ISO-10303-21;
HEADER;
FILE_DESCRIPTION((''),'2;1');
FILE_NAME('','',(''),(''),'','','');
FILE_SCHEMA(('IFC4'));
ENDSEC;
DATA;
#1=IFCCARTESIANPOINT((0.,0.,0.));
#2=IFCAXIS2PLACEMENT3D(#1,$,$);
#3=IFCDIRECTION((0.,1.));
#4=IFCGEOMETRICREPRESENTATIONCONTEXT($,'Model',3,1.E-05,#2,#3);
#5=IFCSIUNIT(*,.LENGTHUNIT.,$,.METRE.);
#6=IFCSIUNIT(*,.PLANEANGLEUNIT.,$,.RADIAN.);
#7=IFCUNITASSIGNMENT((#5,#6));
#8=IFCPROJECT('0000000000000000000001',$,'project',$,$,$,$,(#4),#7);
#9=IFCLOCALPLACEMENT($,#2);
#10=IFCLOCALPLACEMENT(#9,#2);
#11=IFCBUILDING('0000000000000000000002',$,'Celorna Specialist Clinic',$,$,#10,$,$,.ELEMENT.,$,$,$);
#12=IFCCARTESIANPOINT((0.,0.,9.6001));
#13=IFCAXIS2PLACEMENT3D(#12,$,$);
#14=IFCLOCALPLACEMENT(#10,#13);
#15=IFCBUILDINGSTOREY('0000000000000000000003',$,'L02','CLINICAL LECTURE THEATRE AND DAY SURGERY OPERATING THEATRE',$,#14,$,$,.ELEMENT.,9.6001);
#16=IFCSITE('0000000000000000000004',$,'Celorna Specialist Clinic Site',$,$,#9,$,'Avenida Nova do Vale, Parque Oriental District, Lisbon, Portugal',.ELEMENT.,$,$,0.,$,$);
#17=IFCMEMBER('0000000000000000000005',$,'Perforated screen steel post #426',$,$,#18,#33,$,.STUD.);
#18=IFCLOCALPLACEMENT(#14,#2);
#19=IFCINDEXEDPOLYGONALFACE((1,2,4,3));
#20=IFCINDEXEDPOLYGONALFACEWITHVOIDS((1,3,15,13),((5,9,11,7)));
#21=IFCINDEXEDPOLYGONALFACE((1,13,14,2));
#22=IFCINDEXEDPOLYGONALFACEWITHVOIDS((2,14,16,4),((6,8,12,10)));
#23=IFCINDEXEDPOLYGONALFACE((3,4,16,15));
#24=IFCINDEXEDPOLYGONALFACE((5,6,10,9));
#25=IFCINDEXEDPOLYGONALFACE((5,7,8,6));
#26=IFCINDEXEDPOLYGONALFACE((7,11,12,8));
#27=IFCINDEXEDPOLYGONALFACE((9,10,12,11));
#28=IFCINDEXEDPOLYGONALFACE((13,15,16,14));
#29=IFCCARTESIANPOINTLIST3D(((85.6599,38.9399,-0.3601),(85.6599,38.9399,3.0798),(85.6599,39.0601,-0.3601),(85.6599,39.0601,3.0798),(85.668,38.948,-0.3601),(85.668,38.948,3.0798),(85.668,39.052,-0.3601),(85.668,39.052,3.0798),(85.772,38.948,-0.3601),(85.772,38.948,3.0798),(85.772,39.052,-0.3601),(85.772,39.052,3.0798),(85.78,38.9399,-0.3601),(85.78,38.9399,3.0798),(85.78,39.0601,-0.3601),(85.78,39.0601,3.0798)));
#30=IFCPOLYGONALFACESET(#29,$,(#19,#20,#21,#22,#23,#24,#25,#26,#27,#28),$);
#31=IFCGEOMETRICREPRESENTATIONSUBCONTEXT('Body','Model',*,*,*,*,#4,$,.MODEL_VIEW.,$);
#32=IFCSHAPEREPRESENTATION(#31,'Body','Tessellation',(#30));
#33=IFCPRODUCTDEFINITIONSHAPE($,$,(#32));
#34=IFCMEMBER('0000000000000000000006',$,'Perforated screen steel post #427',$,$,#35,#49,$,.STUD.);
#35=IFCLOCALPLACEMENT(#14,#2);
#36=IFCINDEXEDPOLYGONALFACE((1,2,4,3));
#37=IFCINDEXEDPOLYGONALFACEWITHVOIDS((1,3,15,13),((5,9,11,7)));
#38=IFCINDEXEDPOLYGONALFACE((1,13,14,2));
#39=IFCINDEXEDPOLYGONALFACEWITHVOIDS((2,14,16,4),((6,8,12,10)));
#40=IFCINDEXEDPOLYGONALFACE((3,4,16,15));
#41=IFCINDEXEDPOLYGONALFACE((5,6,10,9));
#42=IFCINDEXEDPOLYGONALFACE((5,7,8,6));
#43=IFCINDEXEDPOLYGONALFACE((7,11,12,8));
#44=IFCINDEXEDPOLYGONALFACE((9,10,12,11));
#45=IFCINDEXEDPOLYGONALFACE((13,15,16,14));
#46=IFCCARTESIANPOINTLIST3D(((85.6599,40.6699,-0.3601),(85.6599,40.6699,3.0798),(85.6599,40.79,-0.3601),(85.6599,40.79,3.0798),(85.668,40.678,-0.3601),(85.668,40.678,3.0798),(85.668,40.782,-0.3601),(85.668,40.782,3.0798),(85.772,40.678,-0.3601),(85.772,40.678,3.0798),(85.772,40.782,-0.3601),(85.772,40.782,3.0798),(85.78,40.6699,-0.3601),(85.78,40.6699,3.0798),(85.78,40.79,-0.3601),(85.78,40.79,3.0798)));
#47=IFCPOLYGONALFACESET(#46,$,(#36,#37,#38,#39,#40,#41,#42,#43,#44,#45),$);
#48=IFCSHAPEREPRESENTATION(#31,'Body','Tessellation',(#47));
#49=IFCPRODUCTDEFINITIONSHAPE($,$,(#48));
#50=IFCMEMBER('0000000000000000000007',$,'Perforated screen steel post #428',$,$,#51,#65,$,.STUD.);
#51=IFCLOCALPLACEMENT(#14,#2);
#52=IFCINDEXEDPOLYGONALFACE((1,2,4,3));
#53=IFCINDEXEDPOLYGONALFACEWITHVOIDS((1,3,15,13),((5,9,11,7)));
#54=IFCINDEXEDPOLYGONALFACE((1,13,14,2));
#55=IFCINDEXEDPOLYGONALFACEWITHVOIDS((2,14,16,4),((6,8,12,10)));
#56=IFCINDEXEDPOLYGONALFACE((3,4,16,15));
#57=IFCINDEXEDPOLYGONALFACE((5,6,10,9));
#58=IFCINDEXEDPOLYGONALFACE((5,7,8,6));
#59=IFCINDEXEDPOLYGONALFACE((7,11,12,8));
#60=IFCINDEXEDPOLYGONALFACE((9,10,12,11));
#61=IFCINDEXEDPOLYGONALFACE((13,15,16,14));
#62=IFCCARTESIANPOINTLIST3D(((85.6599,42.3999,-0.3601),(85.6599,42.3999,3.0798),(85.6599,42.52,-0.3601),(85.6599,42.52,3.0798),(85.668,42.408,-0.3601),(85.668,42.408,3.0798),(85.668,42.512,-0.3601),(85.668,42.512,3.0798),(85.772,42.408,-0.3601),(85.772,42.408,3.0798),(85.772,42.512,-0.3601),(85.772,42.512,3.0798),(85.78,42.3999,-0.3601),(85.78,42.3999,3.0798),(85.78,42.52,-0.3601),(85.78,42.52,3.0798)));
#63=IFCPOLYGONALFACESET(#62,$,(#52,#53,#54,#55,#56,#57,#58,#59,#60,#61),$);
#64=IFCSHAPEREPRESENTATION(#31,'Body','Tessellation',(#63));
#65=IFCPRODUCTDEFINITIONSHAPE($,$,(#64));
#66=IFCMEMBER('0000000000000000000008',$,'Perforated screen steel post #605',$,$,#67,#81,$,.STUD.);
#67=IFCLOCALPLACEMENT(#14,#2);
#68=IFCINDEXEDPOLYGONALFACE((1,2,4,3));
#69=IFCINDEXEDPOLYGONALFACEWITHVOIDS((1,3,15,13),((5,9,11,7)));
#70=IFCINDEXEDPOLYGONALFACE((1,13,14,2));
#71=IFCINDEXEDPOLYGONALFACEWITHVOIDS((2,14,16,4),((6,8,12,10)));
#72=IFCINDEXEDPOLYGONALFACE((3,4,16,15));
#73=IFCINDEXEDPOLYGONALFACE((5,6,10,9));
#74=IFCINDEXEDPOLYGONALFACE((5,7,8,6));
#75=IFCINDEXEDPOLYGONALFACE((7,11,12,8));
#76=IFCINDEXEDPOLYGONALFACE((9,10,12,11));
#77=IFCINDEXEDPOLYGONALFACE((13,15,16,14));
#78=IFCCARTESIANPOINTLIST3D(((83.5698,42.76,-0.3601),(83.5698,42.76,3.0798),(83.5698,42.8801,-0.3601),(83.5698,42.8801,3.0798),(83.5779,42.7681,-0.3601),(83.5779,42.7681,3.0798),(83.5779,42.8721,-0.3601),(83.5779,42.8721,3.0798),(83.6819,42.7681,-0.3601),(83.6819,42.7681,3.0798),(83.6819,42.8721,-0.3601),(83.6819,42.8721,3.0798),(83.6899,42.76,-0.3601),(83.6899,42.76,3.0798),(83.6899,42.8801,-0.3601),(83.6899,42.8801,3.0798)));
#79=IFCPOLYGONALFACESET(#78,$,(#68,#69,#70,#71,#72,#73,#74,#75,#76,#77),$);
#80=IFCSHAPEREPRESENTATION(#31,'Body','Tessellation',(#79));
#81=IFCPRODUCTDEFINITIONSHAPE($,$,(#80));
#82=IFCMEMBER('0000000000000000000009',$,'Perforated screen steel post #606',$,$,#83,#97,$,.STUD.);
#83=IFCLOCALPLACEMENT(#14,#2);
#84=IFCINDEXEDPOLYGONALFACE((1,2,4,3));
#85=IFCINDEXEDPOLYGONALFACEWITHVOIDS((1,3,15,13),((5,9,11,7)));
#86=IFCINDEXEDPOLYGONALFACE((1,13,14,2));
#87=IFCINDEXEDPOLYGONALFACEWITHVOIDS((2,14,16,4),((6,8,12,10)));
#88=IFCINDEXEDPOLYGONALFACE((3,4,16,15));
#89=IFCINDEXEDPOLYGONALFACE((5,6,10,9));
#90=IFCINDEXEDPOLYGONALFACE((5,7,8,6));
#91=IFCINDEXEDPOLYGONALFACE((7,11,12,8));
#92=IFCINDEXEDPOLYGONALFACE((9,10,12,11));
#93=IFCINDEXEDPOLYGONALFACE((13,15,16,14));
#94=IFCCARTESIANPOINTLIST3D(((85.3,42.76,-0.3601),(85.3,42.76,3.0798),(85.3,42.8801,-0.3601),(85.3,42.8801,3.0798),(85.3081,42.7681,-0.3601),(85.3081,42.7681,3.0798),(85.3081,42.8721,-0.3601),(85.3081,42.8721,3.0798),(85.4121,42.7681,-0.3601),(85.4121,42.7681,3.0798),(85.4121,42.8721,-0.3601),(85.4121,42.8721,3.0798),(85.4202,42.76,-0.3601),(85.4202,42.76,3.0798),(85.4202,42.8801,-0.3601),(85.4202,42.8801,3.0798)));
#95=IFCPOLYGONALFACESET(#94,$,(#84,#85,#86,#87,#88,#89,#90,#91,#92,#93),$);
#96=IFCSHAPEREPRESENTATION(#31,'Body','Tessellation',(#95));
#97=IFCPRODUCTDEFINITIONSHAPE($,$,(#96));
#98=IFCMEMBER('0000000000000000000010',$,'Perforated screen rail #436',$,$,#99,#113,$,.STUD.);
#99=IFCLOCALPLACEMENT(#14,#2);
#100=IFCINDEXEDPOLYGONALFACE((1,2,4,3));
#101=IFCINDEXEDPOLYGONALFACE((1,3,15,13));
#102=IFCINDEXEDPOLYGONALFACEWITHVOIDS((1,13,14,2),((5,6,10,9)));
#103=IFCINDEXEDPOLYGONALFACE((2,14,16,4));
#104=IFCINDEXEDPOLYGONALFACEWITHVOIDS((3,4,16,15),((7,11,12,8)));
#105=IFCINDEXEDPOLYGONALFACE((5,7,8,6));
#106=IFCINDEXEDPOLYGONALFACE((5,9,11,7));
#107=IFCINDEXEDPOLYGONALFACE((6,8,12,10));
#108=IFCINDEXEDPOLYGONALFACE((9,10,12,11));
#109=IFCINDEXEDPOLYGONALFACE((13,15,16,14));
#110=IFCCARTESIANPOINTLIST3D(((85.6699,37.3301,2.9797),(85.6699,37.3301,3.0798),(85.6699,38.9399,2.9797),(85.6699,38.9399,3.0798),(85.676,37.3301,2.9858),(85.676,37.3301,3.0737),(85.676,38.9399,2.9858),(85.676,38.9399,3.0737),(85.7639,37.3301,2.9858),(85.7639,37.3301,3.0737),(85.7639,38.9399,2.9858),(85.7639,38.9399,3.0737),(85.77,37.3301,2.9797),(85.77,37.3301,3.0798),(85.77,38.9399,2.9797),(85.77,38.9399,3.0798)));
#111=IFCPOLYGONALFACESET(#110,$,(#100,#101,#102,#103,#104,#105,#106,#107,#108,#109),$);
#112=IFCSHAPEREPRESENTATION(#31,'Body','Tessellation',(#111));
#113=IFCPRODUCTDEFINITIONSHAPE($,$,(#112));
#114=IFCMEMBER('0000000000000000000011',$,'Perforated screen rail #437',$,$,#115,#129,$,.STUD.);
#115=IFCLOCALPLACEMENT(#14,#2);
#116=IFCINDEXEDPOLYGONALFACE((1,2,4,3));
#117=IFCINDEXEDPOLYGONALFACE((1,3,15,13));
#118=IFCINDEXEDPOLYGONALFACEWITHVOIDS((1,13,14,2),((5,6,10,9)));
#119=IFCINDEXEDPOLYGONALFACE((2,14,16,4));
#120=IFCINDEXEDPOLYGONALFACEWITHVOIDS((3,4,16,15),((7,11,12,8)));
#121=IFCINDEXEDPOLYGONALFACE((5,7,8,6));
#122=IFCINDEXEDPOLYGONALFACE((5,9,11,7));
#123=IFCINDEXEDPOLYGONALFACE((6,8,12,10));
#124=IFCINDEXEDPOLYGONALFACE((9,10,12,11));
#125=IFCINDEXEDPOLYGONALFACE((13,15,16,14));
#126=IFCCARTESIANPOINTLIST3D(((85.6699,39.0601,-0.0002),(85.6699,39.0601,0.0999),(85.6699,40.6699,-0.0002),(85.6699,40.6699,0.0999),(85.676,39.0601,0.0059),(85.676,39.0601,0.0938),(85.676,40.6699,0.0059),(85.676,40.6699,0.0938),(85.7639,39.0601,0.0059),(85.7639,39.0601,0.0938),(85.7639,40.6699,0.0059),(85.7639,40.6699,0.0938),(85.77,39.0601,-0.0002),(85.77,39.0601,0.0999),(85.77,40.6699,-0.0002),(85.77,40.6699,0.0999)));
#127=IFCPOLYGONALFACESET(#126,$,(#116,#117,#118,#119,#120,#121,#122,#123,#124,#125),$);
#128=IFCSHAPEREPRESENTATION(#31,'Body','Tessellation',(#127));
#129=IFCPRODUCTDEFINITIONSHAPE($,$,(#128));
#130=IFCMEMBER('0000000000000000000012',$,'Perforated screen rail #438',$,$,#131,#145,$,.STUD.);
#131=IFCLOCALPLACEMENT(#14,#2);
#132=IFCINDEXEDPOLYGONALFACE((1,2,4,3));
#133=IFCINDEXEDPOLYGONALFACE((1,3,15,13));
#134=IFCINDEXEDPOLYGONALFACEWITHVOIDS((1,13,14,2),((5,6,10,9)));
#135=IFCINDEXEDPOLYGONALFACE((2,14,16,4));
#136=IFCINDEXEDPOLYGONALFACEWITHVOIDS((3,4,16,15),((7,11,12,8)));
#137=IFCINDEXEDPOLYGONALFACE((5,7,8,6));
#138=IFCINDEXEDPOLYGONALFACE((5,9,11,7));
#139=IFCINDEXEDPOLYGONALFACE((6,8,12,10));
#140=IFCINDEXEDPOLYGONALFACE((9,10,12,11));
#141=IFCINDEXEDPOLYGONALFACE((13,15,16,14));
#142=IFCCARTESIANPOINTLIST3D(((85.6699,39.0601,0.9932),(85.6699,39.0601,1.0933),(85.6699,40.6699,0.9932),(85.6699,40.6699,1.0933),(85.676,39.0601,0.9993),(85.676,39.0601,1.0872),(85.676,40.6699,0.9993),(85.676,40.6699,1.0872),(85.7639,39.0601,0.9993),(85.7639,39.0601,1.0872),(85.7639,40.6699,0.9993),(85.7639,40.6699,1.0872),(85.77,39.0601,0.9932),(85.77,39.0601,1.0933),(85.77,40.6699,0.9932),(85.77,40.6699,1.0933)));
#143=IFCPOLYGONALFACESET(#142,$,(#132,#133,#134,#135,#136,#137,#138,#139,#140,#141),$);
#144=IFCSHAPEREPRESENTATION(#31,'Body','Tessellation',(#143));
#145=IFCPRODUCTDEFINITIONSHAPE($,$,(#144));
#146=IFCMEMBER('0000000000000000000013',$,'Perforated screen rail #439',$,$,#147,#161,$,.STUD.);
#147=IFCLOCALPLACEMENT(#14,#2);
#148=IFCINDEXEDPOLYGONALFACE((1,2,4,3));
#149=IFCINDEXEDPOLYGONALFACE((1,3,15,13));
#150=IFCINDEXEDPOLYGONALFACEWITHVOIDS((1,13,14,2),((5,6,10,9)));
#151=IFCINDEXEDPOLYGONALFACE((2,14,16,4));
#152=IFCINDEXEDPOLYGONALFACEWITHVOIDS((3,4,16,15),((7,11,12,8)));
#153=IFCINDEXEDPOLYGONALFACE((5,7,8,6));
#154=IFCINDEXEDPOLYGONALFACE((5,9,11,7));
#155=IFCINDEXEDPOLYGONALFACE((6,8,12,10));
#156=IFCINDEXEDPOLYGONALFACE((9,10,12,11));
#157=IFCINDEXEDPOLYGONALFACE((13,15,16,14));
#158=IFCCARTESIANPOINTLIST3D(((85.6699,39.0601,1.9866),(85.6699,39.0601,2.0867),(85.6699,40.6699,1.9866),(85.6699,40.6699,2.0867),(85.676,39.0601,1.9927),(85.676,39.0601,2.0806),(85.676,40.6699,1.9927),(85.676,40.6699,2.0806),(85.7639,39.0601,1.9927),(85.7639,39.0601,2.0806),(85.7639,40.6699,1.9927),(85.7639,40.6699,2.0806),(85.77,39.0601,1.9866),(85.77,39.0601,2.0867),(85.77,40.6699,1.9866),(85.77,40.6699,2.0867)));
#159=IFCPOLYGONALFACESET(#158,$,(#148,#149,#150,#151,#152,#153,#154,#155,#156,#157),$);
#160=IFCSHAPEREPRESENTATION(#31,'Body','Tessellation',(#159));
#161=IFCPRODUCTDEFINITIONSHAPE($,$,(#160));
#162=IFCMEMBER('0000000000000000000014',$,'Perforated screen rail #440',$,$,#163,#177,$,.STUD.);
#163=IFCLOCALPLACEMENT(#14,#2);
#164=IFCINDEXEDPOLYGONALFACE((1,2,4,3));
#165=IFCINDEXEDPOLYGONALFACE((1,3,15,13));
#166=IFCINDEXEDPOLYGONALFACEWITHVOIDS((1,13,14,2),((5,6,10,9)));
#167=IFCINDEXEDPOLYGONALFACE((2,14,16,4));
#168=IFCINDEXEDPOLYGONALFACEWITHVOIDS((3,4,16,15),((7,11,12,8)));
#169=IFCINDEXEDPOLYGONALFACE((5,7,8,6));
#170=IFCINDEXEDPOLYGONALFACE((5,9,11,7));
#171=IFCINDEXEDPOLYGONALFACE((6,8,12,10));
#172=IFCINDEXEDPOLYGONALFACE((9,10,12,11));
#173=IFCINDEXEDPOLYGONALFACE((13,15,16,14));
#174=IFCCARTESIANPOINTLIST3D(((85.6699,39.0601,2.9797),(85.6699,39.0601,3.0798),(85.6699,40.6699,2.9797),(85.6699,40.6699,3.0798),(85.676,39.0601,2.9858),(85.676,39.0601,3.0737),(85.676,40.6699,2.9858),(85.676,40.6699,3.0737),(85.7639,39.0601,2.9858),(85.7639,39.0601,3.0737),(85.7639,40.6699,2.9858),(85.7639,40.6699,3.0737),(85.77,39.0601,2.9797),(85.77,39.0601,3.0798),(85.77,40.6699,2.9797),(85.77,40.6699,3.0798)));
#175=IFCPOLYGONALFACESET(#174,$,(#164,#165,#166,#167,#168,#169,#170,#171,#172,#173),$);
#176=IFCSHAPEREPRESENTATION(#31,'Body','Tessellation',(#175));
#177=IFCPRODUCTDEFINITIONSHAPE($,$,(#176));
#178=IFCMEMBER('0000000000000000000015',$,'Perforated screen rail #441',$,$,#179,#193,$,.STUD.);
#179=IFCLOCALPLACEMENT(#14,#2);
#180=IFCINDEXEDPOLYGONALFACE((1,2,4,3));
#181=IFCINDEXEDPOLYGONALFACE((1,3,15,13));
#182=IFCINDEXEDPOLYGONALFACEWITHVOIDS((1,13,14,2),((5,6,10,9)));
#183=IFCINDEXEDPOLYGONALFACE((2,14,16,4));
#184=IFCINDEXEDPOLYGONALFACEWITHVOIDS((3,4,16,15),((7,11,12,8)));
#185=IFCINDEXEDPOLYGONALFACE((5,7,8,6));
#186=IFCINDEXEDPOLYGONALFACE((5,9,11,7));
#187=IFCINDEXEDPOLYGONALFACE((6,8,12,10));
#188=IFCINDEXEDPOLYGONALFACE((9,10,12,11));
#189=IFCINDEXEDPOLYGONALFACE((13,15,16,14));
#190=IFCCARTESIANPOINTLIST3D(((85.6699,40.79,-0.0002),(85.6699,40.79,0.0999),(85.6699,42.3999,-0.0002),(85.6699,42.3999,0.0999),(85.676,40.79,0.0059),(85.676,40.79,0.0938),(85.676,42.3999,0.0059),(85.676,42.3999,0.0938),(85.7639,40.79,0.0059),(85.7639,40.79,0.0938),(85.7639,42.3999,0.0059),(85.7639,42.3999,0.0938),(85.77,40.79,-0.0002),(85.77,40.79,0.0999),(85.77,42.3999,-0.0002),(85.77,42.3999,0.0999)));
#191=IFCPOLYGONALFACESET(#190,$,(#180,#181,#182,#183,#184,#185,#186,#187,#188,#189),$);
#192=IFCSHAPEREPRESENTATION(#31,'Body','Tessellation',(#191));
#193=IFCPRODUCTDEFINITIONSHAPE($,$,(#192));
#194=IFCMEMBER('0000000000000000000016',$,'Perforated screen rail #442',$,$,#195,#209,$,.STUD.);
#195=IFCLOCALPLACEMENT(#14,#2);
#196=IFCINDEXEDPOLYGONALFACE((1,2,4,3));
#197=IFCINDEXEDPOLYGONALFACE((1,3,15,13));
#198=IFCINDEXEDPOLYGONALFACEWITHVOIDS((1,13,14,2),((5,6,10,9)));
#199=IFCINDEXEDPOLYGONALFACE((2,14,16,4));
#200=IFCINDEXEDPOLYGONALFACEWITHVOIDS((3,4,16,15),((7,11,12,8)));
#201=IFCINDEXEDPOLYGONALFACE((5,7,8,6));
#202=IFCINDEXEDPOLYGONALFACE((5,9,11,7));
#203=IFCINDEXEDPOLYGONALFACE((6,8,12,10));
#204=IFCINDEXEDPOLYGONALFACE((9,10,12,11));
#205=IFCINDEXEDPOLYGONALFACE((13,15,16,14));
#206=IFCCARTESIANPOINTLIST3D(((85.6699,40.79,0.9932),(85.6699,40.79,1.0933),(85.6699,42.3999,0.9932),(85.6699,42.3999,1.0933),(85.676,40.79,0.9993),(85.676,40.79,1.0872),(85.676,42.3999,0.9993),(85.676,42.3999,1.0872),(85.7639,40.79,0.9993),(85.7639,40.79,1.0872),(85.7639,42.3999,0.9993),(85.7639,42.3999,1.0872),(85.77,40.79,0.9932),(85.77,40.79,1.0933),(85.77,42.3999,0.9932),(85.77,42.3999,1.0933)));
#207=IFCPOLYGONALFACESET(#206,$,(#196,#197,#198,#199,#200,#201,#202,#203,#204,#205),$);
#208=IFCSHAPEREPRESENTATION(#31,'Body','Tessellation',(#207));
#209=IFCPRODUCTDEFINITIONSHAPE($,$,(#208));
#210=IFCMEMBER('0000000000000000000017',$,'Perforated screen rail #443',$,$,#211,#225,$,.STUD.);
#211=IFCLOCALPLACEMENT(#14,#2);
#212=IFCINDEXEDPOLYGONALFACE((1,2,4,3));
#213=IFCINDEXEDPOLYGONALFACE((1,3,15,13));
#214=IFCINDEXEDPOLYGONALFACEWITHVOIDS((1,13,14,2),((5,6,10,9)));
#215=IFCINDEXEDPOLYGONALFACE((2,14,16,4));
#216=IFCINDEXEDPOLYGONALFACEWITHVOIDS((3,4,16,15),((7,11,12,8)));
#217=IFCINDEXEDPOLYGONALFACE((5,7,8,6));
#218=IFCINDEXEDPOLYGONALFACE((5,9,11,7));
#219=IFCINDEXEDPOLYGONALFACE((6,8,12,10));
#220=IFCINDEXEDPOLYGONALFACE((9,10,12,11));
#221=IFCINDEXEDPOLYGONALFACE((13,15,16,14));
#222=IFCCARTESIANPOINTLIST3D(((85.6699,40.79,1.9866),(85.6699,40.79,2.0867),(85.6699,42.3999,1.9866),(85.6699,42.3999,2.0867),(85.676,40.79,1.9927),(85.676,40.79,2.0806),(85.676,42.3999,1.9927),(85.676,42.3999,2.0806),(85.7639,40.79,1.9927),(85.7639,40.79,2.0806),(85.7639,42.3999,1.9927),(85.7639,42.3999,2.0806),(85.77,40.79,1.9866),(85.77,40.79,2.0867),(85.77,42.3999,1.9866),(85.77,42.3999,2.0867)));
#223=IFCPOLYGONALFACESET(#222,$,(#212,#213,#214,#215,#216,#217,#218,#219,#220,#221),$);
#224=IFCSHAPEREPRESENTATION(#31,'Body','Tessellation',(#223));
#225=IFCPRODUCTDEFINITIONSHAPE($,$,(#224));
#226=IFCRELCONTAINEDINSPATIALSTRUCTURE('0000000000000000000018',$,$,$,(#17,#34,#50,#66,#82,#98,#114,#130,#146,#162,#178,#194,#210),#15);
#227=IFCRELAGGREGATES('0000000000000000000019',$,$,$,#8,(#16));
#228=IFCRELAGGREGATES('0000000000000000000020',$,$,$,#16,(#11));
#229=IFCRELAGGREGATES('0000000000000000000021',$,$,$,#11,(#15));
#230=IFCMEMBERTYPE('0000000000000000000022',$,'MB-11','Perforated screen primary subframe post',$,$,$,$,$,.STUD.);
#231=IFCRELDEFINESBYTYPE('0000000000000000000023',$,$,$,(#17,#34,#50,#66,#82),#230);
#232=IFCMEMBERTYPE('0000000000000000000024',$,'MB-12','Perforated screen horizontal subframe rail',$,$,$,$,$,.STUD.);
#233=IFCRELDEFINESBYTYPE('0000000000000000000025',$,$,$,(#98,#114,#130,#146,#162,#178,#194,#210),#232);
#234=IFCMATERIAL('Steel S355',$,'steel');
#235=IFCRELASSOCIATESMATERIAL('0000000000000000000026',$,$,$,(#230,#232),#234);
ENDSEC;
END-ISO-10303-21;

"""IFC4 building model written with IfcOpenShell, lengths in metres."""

from ifc_helpers import new_model, si_unit, direction, frame, origin, origin_2d, place, context, subcontext, project, spatial, hollow_rectangle, extrude, material, material_profile, profile_set, type_object, element, save


model = new_model("IFC4")

# Units and contexts
model_context = context("Model", 3, precision=1e-05, world=origin(), true_north=direction((0.0, 1.0)))
body_context = subcontext(model_context, "Body", "Model", "MODEL_VIEW")
ifc_project = project(units=[si_unit("LENGTHUNIT", "METRE"), si_unit("PLANEANGLEUNIT", "RADIAN")], contexts=[model_context])

# Site, building, storey
site_placement = place(None, origin())
site = spatial("IfcSite", under=ifc_project, at=site_placement, Name="Celorna Specialist Clinic Site", LongName="Avenida Nova do Vale, Parque Oriental District, Lisbon, Portugal", CompositionType="ELEMENT", RefElevation=0.0)
building_placement = place(site_placement, origin())
building = spatial("IfcBuilding", under=site, at=building_placement, Name="Celorna Specialist Clinic", CompositionType="ELEMENT")
storey_placement = place(building_placement, frame((0.0, 0.0, 9.6001)))
storey = spatial("IfcBuildingStorey", under=building, at=storey_placement, Name="L02", Description="CLINICAL LECTURE THEATRE AND DAY SURGERY OPERATING THEATRE", CompositionType="ELEMENT", Elevation=9.6001)

# Members
ifc_material_1 = material(Name="Steel S355", Category="steel")
ifc_material_profile_1 = material_profile(ifc_material_1, hollow_rectangle(XDim=0.1201, YDim=0.1201, WallThickness=0.0081, at=origin_2d()), Name="SHS 120x120x8")
ifc_profile_set_1 = profile_set([ifc_material_profile_1], Name="Steel S355")
member_type_1 = type_object("IfcMemberType", Name="MB-11", Description="Perforated screen primary subframe post", PredefinedType="STUD", material=ifc_profile_set_1)
for number, where, z_axis, x_axis, name in (
    (1, (85.72, 39.0, -0.3601), (0.0, 0.0, 1.0), (1.0, 0.0, 0.0), "Perforated screen steel post #426"),
    (2, (85.72, 40.73, -0.3601), (0.0, 0.0, 1.0), (1.0, 0.0, 0.0), "Perforated screen steel post #427"),
    (3, (85.72, 42.46, -0.3601), (0.0, 0.0, 1.0), (1.0, 0.0, 0.0), "Perforated screen steel post #428"),
    (4, (83.6299, 42.8201, -0.3601), (0.0, 0.0, 1.0), (1.0, 0.0, 0.0), "Perforated screen steel post #605"),
    (5, (85.3601, 42.8201, -0.3601), (0.0, 0.0, 1.0), (1.0, 0.0, 0.0), "Perforated screen steel post #606"),
):
    element("IfcMember", number, at=place(storey_placement, frame(where, z_axis=z_axis, x_axis=x_axis)), inside=storey, type_object=member_type_1, Name=name, PredefinedType="STUD", context=body_context, shape_type="SweptSolid", body=[
        extrude(hollow_rectangle(XDim=0.1201, YDim=0.1201, WallThickness=0.0081, at=origin_2d()), origin(), (0.0, 0.0, 1.0), 3.4399),
    ])
ifc_material_profile_2 = material_profile(ifc_material_1, hollow_rectangle(XDim=0.1001, YDim=0.1001, WallThickness=0.0061, at=origin_2d()), Name="SHS 100x100x6")
ifc_profile_set_2 = profile_set([ifc_material_profile_2], Name="Steel S355")
member_type_2 = type_object("IfcMemberType", Name="MB-12", Description="Perforated screen horizontal subframe rail", PredefinedType="STUD", material=ifc_profile_set_2)
for number, where, z_axis, x_axis, name in (
    (6, (85.72, 37.3301, 3.0298), (0.0, 1.0, 0.0), (-1.0, 0.0, 0.0), "Perforated screen rail #436"),
    (7, (85.72, 39.0601, 0.0498), (0.0, 1.0, 0.0), (-1.0, 0.0, 0.0), "Perforated screen rail #437"),
    (8, (85.72, 39.0601, 1.0432), (0.0, 1.0, 0.0), (-1.0, 0.0, 0.0), "Perforated screen rail #438"),
    (9, (85.72, 39.0601, 2.0366), (0.0, 1.0, 0.0), (-1.0, 0.0, 0.0), "Perforated screen rail #439"),
    (10, (85.72, 39.0601, 3.0298), (0.0, 1.0, 0.0), (-1.0, 0.0, 0.0), "Perforated screen rail #440"),
    (11, (85.72, 40.79, 0.0498), (0.0, 1.0, 0.0), (-1.0, 0.0, 0.0), "Perforated screen rail #441"),
    (12, (85.72, 40.79, 1.0432), (0.0, 1.0, 0.0), (-1.0, 0.0, 0.0), "Perforated screen rail #442"),
    (13, (85.72, 40.79, 2.0366), (0.0, 1.0, 0.0), (-1.0, 0.0, 0.0), "Perforated screen rail #443"),
):
    element("IfcMember", number, at=place(storey_placement, frame(where, z_axis=z_axis, x_axis=x_axis)), inside=storey, type_object=member_type_2, Name=name, PredefinedType="STUD", context=body_context, shape_type="SweptSolid", body=[
        extrude(hollow_rectangle(XDim=0.1001, YDim=0.1001, WallThickness=0.0061, at=origin_2d()), origin(), (0.0, 0.0, 1.0), 1.6099),
    ])

save(model, "model.ifc")
